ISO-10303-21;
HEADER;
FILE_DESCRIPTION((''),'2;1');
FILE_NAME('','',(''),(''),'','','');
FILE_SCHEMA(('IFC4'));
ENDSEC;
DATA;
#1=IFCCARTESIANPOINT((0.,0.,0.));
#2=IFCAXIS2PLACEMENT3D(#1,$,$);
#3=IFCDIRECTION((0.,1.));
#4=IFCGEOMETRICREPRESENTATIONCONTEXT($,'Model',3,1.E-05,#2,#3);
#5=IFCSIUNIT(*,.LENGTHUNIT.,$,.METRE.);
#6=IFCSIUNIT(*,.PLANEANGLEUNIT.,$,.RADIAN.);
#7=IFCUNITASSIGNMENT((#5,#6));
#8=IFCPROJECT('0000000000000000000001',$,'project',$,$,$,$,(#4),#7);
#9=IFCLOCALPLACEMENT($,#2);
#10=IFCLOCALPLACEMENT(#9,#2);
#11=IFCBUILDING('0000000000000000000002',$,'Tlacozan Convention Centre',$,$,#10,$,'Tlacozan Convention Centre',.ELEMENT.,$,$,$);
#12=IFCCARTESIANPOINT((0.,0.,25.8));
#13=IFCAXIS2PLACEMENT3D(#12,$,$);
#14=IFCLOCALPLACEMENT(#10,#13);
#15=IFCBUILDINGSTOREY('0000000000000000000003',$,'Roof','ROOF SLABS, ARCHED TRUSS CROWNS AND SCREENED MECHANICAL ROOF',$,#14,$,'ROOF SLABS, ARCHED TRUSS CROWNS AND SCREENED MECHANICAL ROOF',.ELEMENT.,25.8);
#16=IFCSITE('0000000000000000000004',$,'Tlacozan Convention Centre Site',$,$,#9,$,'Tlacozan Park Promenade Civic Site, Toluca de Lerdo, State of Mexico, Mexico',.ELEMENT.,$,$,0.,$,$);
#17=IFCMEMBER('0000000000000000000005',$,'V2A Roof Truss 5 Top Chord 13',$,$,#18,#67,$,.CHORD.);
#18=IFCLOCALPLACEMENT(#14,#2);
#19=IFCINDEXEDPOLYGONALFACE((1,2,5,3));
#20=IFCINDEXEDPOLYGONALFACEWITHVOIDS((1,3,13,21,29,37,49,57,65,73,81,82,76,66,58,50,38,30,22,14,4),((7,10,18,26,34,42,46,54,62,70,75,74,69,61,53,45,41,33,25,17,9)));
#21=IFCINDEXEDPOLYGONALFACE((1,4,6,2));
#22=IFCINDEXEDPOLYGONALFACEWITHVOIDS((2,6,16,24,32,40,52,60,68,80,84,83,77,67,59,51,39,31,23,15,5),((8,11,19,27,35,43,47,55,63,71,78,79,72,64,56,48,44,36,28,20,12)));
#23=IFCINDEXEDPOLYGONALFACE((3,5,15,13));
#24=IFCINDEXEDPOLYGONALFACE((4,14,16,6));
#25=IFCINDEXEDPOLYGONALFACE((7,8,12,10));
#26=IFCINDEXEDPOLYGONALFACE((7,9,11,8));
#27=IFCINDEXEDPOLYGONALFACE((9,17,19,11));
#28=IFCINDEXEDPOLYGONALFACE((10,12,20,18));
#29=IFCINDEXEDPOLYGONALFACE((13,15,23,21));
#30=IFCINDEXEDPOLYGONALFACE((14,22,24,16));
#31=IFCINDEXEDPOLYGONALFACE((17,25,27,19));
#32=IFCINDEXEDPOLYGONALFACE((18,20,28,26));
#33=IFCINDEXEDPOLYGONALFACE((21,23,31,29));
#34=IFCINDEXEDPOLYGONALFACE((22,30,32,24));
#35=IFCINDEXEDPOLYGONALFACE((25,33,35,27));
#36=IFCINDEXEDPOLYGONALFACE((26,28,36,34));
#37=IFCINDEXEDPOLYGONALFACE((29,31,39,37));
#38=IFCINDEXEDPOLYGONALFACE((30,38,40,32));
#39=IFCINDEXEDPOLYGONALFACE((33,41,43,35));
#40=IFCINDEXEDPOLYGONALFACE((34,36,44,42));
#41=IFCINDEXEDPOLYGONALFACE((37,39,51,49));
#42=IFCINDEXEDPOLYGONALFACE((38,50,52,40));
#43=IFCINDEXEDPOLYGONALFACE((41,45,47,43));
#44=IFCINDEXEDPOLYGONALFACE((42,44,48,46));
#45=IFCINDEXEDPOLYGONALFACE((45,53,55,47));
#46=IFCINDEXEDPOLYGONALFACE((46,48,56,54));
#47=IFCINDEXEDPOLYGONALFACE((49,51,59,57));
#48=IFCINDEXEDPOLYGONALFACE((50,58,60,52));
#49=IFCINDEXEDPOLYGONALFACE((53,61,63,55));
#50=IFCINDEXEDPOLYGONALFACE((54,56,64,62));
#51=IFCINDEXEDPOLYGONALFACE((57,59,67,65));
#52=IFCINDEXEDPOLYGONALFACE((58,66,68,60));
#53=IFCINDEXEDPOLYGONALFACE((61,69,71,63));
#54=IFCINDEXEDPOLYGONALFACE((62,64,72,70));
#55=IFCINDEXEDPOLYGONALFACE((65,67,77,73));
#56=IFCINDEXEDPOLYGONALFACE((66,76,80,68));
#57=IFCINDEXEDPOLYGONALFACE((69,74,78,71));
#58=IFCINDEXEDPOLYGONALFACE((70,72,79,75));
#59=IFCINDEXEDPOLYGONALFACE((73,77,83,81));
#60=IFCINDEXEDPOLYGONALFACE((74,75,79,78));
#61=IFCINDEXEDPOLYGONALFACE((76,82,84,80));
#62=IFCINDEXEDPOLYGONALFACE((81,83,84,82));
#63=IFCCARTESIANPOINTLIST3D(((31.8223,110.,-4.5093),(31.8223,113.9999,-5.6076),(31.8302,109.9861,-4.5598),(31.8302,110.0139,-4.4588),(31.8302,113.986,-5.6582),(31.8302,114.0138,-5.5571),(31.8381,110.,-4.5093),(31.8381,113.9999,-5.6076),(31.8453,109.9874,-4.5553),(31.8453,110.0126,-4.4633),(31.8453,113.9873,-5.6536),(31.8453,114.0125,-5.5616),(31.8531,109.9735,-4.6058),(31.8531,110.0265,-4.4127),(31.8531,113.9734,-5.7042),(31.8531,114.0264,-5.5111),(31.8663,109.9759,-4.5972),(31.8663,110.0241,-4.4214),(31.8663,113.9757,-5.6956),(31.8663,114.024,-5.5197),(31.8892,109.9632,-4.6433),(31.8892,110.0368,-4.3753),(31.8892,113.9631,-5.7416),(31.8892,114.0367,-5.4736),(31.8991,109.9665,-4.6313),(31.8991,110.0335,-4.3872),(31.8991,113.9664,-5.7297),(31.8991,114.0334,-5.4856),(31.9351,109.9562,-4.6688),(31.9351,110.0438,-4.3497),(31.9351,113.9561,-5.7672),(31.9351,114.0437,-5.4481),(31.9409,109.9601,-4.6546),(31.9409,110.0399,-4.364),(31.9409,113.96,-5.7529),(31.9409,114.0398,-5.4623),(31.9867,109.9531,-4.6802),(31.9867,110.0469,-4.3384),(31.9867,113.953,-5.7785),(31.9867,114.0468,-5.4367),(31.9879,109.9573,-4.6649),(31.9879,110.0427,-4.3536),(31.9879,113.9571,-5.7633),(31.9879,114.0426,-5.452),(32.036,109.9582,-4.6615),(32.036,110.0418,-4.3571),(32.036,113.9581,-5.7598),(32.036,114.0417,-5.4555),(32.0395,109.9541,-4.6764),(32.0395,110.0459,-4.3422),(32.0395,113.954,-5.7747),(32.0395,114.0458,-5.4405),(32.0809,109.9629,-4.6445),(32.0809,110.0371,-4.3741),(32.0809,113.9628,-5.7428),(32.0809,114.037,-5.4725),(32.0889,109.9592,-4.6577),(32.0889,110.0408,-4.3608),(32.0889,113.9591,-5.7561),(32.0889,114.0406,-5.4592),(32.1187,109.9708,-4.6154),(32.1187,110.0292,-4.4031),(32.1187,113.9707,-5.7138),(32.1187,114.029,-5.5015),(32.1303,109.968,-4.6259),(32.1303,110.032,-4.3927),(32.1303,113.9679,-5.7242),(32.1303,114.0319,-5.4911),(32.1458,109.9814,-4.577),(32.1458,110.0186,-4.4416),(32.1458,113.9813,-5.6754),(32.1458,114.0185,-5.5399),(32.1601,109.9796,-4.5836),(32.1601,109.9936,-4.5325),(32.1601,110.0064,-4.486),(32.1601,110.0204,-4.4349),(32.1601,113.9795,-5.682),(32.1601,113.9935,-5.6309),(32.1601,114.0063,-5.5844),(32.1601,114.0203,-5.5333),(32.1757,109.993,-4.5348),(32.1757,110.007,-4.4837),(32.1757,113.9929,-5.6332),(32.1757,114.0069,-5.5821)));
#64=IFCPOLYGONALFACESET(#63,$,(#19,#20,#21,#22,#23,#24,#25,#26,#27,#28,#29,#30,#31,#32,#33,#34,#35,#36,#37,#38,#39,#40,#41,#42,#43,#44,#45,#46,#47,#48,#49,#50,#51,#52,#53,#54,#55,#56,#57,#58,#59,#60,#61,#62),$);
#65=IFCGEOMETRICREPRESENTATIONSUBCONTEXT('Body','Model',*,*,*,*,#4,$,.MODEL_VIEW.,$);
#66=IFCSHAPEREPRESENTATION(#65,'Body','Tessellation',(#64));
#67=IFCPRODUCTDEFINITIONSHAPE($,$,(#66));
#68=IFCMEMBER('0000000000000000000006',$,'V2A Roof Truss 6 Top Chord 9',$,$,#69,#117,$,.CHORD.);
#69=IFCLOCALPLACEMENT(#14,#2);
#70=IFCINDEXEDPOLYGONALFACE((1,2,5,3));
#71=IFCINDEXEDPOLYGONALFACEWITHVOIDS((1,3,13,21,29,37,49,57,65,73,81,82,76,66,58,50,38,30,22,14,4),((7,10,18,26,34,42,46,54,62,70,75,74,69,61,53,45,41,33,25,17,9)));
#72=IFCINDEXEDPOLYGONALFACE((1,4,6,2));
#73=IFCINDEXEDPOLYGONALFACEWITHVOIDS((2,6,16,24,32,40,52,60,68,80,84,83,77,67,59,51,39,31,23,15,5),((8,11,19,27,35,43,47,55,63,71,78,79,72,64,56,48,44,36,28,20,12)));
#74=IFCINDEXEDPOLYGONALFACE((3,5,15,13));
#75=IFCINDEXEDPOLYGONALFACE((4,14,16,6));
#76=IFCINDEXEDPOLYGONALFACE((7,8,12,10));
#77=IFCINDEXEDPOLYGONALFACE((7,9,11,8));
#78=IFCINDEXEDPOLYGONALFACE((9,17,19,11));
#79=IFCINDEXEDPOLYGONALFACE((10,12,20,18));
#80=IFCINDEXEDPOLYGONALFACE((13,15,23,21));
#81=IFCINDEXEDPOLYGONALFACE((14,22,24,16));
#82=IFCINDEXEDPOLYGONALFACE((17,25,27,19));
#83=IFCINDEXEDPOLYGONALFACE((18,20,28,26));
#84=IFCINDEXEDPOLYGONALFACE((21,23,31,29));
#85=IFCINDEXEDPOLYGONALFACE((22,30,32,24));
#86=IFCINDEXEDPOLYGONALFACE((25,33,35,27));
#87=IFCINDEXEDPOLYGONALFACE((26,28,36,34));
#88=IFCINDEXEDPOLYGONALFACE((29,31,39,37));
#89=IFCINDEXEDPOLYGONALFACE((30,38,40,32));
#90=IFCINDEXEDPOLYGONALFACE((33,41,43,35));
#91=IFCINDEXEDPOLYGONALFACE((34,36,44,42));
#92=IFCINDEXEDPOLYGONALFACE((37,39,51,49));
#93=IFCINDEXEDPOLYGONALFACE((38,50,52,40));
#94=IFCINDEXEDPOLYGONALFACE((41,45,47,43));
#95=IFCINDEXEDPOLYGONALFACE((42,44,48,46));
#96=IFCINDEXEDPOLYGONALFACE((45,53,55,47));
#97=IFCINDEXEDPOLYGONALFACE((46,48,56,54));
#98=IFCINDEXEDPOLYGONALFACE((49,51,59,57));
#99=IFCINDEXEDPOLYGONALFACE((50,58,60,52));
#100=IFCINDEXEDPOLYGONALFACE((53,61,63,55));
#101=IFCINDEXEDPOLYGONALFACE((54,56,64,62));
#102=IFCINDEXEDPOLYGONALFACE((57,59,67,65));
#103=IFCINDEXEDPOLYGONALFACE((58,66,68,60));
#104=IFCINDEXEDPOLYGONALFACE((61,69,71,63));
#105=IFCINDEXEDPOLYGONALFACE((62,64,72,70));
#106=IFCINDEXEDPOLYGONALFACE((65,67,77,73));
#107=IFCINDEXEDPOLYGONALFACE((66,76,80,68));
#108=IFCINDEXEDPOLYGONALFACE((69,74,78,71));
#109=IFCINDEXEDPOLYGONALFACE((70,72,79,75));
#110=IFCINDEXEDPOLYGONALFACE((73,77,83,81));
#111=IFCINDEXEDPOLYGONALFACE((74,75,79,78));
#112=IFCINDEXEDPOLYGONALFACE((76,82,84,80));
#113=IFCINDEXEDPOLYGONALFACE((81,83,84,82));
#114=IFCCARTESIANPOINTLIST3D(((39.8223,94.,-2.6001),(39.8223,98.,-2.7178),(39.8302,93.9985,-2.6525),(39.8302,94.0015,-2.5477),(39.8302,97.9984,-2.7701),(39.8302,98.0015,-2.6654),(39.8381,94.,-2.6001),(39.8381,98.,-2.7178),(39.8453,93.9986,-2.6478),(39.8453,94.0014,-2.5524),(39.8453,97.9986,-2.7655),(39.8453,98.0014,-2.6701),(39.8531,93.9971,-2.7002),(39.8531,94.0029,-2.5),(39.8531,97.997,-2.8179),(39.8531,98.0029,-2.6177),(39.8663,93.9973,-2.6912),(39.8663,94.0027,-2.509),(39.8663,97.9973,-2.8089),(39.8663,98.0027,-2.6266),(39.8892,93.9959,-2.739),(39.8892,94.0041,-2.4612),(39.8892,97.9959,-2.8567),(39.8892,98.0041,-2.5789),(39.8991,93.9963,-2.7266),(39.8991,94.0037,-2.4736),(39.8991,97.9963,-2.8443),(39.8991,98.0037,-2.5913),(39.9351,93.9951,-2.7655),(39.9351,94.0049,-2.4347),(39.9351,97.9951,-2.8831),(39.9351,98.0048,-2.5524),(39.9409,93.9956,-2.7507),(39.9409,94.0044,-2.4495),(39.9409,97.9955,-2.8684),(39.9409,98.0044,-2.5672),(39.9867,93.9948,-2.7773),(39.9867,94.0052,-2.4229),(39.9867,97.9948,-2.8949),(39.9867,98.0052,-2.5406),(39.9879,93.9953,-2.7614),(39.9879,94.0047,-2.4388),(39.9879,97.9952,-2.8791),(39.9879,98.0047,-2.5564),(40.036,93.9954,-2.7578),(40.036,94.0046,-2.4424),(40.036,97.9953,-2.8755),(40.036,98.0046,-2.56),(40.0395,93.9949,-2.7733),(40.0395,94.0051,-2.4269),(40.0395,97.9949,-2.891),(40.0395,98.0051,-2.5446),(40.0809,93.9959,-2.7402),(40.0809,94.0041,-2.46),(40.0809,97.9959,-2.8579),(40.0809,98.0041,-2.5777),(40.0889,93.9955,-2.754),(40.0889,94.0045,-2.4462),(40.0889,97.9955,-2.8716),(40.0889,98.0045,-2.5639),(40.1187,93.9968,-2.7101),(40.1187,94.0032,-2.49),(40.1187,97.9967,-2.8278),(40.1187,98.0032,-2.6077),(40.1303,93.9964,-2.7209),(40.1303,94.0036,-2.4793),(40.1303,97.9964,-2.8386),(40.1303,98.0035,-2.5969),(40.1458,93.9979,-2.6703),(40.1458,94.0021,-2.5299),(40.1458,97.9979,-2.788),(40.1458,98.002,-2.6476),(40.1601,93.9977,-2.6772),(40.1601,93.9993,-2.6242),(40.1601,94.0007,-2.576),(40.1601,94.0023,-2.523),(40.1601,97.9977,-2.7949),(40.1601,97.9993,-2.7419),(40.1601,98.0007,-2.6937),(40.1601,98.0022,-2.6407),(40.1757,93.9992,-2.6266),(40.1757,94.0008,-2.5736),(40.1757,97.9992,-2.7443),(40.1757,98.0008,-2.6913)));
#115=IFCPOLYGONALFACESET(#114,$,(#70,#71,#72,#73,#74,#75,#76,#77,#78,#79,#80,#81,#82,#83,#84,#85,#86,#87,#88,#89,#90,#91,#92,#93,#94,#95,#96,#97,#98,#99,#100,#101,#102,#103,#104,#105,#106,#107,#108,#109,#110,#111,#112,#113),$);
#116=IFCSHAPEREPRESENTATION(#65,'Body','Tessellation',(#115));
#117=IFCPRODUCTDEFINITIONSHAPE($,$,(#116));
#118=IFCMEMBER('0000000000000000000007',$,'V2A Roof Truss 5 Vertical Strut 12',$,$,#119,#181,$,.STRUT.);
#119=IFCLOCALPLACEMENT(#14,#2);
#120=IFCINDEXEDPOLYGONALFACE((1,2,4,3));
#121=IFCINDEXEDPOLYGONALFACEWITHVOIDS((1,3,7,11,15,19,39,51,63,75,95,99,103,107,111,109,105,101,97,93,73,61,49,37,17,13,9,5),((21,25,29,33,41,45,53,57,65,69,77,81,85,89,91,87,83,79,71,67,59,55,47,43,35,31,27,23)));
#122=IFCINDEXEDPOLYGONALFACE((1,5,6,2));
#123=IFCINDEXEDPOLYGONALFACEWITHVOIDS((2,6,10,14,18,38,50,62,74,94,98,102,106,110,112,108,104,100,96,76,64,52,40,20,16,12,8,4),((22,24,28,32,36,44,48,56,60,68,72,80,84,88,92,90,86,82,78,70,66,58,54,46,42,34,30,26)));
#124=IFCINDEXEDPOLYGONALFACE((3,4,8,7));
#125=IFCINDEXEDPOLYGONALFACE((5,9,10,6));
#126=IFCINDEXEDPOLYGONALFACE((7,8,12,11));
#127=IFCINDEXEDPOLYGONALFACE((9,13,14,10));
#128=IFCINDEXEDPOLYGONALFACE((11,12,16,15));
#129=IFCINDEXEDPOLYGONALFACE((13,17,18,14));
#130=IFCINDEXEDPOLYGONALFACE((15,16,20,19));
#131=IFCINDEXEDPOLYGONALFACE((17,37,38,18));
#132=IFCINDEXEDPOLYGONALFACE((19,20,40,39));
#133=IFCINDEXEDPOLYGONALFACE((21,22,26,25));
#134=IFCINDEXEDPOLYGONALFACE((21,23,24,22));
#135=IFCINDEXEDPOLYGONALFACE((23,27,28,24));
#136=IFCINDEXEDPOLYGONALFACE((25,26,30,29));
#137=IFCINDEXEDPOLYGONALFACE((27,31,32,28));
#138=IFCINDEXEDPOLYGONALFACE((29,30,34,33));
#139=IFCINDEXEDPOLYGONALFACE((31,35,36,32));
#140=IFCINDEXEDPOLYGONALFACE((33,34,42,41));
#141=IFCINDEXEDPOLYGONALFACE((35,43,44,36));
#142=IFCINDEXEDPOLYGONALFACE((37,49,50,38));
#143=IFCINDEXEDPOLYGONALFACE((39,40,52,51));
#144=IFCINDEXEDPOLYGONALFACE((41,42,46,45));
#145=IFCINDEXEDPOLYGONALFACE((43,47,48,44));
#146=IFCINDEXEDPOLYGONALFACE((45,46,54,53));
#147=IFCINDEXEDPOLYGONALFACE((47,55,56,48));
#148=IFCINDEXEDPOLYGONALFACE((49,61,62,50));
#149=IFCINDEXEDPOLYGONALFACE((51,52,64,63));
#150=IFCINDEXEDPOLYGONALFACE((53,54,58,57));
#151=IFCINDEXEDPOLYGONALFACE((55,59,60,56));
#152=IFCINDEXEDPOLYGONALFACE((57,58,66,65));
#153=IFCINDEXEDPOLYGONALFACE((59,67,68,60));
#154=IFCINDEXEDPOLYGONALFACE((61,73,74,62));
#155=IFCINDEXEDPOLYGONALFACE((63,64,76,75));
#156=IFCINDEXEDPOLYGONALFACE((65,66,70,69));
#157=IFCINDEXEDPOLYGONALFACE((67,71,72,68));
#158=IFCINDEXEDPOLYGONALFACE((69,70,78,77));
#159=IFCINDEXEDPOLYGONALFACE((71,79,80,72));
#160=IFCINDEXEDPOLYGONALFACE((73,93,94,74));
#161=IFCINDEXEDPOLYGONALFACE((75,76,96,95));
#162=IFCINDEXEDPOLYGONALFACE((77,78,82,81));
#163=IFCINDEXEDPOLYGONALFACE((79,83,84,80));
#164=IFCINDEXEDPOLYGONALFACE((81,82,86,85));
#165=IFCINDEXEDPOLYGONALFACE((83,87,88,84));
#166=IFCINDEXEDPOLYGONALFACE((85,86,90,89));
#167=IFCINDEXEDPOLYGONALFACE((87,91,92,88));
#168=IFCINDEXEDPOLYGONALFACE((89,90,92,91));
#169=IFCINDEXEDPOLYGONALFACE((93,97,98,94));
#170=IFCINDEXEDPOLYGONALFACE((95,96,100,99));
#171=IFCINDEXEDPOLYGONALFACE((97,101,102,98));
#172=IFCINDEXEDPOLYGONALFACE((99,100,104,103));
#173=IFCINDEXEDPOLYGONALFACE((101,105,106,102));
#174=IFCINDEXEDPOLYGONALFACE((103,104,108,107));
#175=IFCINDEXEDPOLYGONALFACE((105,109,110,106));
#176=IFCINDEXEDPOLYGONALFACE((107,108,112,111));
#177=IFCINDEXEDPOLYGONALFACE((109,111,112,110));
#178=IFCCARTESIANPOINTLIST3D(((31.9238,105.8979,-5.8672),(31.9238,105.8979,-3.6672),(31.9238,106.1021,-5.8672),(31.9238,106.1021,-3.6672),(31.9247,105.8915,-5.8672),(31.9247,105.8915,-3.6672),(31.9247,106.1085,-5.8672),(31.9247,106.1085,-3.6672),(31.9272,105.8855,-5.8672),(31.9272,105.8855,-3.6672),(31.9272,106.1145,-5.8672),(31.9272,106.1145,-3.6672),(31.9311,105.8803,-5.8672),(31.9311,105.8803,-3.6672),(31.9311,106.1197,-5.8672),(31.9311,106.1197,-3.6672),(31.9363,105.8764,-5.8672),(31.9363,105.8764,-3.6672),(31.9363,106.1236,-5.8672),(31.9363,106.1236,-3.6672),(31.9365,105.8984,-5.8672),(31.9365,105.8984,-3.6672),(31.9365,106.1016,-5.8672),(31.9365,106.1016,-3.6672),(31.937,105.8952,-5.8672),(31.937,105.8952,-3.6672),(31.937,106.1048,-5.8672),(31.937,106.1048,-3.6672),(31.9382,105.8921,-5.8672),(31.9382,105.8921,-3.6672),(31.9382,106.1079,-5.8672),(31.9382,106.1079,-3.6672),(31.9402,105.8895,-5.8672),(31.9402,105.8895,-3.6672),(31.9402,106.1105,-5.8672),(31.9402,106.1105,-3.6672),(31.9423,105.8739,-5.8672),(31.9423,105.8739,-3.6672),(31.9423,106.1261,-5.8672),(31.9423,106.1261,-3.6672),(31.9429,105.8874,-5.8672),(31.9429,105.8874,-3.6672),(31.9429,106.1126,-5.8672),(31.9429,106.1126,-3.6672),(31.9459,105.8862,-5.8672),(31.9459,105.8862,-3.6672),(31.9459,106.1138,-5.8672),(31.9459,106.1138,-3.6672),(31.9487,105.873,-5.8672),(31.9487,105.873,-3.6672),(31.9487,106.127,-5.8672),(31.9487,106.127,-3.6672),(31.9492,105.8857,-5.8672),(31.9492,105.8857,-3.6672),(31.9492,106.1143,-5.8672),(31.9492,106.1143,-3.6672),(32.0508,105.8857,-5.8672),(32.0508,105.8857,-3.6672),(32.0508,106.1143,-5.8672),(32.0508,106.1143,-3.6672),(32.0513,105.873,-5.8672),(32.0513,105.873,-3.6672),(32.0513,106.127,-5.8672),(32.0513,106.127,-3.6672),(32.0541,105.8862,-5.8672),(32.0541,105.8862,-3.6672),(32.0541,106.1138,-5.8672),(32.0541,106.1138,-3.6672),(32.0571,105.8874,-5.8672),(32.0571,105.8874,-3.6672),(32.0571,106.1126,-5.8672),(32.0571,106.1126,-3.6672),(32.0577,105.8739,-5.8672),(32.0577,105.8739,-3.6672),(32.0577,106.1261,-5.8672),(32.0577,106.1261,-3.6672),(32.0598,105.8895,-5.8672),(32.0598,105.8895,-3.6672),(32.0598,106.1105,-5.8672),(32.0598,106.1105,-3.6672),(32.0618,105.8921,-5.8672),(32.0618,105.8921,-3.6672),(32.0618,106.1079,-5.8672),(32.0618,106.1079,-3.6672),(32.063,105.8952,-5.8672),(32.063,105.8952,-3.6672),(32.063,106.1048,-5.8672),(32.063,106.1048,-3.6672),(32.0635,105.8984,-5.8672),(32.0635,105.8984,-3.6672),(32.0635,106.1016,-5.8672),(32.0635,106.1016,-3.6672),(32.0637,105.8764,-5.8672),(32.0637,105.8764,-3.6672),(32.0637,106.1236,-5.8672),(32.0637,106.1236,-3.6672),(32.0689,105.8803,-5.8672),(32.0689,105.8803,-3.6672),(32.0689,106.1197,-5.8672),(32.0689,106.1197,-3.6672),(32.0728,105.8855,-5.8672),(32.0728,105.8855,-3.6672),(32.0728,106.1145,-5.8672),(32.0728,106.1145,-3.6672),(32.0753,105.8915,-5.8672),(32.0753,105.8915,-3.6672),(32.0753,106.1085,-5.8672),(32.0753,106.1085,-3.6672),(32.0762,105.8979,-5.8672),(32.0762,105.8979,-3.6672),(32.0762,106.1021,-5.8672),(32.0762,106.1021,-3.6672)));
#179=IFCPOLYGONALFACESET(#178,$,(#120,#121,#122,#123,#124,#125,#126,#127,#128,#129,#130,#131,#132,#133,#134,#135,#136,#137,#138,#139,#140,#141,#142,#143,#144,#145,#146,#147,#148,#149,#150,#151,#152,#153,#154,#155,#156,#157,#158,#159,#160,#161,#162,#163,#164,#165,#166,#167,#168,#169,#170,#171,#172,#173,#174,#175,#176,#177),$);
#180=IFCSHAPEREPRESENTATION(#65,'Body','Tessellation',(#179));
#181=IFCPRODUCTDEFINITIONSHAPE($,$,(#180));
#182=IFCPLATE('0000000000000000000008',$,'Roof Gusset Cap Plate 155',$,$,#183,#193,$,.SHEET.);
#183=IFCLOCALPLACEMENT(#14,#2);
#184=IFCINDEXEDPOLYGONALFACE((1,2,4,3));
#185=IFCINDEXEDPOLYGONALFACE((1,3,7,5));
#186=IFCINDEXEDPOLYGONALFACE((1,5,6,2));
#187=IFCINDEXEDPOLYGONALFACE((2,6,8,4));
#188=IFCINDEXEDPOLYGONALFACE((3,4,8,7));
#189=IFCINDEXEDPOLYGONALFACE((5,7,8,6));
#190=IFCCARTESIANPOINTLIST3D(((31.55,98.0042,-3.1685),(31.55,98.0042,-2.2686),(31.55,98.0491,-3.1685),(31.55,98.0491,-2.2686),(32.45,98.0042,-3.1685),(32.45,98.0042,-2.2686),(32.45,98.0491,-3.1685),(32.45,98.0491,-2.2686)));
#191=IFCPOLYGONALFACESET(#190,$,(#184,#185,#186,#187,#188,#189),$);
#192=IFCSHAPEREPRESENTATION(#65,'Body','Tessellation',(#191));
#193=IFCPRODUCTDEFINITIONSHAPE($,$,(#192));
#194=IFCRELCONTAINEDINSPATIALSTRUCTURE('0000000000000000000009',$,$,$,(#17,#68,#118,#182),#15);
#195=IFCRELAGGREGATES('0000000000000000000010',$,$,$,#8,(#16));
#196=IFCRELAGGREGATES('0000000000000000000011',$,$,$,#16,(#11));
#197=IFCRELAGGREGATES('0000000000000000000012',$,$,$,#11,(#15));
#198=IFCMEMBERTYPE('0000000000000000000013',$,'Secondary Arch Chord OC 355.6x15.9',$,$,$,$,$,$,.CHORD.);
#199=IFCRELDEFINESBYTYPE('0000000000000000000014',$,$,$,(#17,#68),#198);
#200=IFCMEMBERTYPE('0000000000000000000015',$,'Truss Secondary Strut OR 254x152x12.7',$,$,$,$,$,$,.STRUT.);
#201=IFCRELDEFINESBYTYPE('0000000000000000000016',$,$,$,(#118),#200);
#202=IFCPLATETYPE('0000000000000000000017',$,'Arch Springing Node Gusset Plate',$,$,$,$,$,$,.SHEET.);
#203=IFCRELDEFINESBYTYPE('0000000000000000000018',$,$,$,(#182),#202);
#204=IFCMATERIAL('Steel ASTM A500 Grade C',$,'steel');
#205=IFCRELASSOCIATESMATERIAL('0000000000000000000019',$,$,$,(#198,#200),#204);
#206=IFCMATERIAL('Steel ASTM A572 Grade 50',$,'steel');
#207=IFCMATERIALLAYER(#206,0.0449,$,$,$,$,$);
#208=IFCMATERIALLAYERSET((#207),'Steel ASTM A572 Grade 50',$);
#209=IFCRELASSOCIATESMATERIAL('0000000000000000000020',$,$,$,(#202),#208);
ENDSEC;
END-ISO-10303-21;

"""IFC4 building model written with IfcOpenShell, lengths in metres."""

from ifc_helpers import new_model, si_unit, direction, frame, origin, origin_2d, place, context, subcontext, project, spatial, rectangle, hollow_rectangle, hollow_circle, extrude, material, layer, layer_set, material_profile, profile_set, type_object, element, save


model = new_model("IFC4")

# Units and contexts
model_context = context("Model", 3, precision=1e-05, world=origin(), true_north=direction((0.0, 1.0)))
body_context = subcontext(model_context, "Body", "Model", "MODEL_VIEW")
ifc_project = project(units=[si_unit("LENGTHUNIT", "METRE"), si_unit("PLANEANGLEUNIT", "RADIAN")], contexts=[model_context])

# Site, building, storey
site_placement = place(None, origin())
site = spatial("IfcSite", under=ifc_project, at=site_placement, Name="Tlacozan Convention Centre Site", LongName="Tlacozan Park Promenade Civic Site, Toluca de Lerdo, State of Mexico, Mexico", CompositionType="ELEMENT", RefElevation=0.0)
building_placement = place(site_placement, origin())
building = spatial("IfcBuilding", under=site, at=building_placement, Name="Tlacozan Convention Centre", LongName="Tlacozan Convention Centre", CompositionType="ELEMENT")
storey_placement = place(building_placement, frame((0.0, 0.0, 25.8)))
storey = spatial("IfcBuildingStorey", under=building, at=storey_placement, Name="Roof", Description="ROOF SLABS, ARCHED TRUSS CROWNS AND SCREENED MECHANICAL ROOF", LongName="ROOF SLABS, ARCHED TRUSS CROWNS AND SCREENED MECHANICAL ROOF", CompositionType="ELEMENT", Elevation=25.8)

# Members
ifc_material_1 = material(Name="Steel ASTM A500 Grade C", Category="steel")
ifc_material_profile_1 = material_profile(ifc_material_1, hollow_circle(Radius=0.1777, WallThickness=0.0159, at=origin_2d()), Name="OC 355.6x15.9")
ifc_profile_set_1 = profile_set([ifc_material_profile_1], Name="Steel ASTM A500 Grade C")
member_type_1 = type_object("IfcMemberType", Name="Secondary Arch Chord OC 355.6x15.9", PredefinedType="CHORD", material=ifc_profile_set_1)
member_1_placement = place(storey_placement, frame((32.0, 110.0, -4.5093), z_axis=(0.0, 0.964305, -0.264795), x_axis=(-1.0, 0.0, 0.0)))
element("IfcMember", 1, at=member_1_placement, inside=storey, type_object=member_type_1, Name="V2A Roof Truss 5 Top Chord 13", PredefinedType="CHORD", context=body_context, shape_type="SweptSolid", body=[
    extrude(hollow_circle(Radius=0.1777, WallThickness=0.0159, at=origin_2d()), origin(), (0.0, 0.0, 1.0), 4.1479),
])
member_2_placement = place(storey_placement, frame((40.0, 94.0, -2.6001), z_axis=(0.0, 0.999568, -0.029406), x_axis=(-1.0, 0.0, 0.0)))
element("IfcMember", 2, at=member_2_placement, inside=storey, type_object=member_type_1, Name="V2A Roof Truss 6 Top Chord 9", PredefinedType="CHORD", context=body_context, shape_type="SweptSolid", body=[
    extrude(hollow_circle(Radius=0.1777, WallThickness=0.0159, at=origin_2d()), origin(), (0.0, 0.0, 1.0), 4.0017),
])
ifc_material_profile_2 = material_profile(ifc_material_1, hollow_rectangle(XDim=0.1523, YDim=0.2539, WallThickness=0.0127, InnerFilletRadius=0.0127, OuterFilletRadius=0.0249, at=origin_2d()), Name="OR 254x152x12.7")
ifc_profile_set_2 = profile_set([ifc_material_profile_2], Name="Steel ASTM A500 Grade C")
member_type_2 = type_object("IfcMemberType", Name="Truss Secondary Strut OR 254x152x12.7", PredefinedType="STRUT", material=ifc_profile_set_2)
member_3_placement = place(storey_placement, frame((32.0, 106.0, -5.8672), z_axis=(0.0, 0.0, 1.0), x_axis=(1.0, 0.0, 0.0)))
element("IfcMember", 3, at=member_3_placement, inside=storey, type_object=member_type_2, Name="V2A Roof Truss 5 Vertical Strut 12", PredefinedType="STRUT", context=body_context, shape_type="SweptSolid", body=[
    extrude(hollow_rectangle(XDim=0.1523, YDim=0.2539, WallThickness=0.0127, InnerFilletRadius=0.0127, OuterFilletRadius=0.0249, at=origin_2d()), origin(), (0.0, 0.0, 1.0), 2.2),
])

# Plate
ifc_material_2 = material(Name="Steel ASTM A572 Grade 50", Category="steel")
ifc_layer = layer(ifc_material_2, 0.0449)
ifc_layer_set = layer_set([ifc_layer], Name="Steel ASTM A572 Grade 50")
plate_type = type_object("IfcPlateType", Name="Arch Springing Node Gusset Plate", PredefinedType="SHEET", material=ifc_layer_set)
for number, where, z_axis, x_axis, name in (
    (4, (32.0, 98.0266, -3.1685), (0.0, 0.0, 1.0), (0.0, 1.0, 0.0), "Roof Gusset Cap Plate 155"),
):
    element("IfcPlate", number, at=place(storey_placement, frame(where, z_axis=z_axis, x_axis=x_axis)), inside=storey, type_object=plate_type, Name=name, PredefinedType="SHEET", context=body_context, shape_type="SweptSolid", body=[
        extrude(rectangle(XDim=0.0449, YDim=0.8999, at=origin_2d()), origin(), (0.0, 0.0, 1.0), 0.8999),
    ])

save(model, "model.ifc")
